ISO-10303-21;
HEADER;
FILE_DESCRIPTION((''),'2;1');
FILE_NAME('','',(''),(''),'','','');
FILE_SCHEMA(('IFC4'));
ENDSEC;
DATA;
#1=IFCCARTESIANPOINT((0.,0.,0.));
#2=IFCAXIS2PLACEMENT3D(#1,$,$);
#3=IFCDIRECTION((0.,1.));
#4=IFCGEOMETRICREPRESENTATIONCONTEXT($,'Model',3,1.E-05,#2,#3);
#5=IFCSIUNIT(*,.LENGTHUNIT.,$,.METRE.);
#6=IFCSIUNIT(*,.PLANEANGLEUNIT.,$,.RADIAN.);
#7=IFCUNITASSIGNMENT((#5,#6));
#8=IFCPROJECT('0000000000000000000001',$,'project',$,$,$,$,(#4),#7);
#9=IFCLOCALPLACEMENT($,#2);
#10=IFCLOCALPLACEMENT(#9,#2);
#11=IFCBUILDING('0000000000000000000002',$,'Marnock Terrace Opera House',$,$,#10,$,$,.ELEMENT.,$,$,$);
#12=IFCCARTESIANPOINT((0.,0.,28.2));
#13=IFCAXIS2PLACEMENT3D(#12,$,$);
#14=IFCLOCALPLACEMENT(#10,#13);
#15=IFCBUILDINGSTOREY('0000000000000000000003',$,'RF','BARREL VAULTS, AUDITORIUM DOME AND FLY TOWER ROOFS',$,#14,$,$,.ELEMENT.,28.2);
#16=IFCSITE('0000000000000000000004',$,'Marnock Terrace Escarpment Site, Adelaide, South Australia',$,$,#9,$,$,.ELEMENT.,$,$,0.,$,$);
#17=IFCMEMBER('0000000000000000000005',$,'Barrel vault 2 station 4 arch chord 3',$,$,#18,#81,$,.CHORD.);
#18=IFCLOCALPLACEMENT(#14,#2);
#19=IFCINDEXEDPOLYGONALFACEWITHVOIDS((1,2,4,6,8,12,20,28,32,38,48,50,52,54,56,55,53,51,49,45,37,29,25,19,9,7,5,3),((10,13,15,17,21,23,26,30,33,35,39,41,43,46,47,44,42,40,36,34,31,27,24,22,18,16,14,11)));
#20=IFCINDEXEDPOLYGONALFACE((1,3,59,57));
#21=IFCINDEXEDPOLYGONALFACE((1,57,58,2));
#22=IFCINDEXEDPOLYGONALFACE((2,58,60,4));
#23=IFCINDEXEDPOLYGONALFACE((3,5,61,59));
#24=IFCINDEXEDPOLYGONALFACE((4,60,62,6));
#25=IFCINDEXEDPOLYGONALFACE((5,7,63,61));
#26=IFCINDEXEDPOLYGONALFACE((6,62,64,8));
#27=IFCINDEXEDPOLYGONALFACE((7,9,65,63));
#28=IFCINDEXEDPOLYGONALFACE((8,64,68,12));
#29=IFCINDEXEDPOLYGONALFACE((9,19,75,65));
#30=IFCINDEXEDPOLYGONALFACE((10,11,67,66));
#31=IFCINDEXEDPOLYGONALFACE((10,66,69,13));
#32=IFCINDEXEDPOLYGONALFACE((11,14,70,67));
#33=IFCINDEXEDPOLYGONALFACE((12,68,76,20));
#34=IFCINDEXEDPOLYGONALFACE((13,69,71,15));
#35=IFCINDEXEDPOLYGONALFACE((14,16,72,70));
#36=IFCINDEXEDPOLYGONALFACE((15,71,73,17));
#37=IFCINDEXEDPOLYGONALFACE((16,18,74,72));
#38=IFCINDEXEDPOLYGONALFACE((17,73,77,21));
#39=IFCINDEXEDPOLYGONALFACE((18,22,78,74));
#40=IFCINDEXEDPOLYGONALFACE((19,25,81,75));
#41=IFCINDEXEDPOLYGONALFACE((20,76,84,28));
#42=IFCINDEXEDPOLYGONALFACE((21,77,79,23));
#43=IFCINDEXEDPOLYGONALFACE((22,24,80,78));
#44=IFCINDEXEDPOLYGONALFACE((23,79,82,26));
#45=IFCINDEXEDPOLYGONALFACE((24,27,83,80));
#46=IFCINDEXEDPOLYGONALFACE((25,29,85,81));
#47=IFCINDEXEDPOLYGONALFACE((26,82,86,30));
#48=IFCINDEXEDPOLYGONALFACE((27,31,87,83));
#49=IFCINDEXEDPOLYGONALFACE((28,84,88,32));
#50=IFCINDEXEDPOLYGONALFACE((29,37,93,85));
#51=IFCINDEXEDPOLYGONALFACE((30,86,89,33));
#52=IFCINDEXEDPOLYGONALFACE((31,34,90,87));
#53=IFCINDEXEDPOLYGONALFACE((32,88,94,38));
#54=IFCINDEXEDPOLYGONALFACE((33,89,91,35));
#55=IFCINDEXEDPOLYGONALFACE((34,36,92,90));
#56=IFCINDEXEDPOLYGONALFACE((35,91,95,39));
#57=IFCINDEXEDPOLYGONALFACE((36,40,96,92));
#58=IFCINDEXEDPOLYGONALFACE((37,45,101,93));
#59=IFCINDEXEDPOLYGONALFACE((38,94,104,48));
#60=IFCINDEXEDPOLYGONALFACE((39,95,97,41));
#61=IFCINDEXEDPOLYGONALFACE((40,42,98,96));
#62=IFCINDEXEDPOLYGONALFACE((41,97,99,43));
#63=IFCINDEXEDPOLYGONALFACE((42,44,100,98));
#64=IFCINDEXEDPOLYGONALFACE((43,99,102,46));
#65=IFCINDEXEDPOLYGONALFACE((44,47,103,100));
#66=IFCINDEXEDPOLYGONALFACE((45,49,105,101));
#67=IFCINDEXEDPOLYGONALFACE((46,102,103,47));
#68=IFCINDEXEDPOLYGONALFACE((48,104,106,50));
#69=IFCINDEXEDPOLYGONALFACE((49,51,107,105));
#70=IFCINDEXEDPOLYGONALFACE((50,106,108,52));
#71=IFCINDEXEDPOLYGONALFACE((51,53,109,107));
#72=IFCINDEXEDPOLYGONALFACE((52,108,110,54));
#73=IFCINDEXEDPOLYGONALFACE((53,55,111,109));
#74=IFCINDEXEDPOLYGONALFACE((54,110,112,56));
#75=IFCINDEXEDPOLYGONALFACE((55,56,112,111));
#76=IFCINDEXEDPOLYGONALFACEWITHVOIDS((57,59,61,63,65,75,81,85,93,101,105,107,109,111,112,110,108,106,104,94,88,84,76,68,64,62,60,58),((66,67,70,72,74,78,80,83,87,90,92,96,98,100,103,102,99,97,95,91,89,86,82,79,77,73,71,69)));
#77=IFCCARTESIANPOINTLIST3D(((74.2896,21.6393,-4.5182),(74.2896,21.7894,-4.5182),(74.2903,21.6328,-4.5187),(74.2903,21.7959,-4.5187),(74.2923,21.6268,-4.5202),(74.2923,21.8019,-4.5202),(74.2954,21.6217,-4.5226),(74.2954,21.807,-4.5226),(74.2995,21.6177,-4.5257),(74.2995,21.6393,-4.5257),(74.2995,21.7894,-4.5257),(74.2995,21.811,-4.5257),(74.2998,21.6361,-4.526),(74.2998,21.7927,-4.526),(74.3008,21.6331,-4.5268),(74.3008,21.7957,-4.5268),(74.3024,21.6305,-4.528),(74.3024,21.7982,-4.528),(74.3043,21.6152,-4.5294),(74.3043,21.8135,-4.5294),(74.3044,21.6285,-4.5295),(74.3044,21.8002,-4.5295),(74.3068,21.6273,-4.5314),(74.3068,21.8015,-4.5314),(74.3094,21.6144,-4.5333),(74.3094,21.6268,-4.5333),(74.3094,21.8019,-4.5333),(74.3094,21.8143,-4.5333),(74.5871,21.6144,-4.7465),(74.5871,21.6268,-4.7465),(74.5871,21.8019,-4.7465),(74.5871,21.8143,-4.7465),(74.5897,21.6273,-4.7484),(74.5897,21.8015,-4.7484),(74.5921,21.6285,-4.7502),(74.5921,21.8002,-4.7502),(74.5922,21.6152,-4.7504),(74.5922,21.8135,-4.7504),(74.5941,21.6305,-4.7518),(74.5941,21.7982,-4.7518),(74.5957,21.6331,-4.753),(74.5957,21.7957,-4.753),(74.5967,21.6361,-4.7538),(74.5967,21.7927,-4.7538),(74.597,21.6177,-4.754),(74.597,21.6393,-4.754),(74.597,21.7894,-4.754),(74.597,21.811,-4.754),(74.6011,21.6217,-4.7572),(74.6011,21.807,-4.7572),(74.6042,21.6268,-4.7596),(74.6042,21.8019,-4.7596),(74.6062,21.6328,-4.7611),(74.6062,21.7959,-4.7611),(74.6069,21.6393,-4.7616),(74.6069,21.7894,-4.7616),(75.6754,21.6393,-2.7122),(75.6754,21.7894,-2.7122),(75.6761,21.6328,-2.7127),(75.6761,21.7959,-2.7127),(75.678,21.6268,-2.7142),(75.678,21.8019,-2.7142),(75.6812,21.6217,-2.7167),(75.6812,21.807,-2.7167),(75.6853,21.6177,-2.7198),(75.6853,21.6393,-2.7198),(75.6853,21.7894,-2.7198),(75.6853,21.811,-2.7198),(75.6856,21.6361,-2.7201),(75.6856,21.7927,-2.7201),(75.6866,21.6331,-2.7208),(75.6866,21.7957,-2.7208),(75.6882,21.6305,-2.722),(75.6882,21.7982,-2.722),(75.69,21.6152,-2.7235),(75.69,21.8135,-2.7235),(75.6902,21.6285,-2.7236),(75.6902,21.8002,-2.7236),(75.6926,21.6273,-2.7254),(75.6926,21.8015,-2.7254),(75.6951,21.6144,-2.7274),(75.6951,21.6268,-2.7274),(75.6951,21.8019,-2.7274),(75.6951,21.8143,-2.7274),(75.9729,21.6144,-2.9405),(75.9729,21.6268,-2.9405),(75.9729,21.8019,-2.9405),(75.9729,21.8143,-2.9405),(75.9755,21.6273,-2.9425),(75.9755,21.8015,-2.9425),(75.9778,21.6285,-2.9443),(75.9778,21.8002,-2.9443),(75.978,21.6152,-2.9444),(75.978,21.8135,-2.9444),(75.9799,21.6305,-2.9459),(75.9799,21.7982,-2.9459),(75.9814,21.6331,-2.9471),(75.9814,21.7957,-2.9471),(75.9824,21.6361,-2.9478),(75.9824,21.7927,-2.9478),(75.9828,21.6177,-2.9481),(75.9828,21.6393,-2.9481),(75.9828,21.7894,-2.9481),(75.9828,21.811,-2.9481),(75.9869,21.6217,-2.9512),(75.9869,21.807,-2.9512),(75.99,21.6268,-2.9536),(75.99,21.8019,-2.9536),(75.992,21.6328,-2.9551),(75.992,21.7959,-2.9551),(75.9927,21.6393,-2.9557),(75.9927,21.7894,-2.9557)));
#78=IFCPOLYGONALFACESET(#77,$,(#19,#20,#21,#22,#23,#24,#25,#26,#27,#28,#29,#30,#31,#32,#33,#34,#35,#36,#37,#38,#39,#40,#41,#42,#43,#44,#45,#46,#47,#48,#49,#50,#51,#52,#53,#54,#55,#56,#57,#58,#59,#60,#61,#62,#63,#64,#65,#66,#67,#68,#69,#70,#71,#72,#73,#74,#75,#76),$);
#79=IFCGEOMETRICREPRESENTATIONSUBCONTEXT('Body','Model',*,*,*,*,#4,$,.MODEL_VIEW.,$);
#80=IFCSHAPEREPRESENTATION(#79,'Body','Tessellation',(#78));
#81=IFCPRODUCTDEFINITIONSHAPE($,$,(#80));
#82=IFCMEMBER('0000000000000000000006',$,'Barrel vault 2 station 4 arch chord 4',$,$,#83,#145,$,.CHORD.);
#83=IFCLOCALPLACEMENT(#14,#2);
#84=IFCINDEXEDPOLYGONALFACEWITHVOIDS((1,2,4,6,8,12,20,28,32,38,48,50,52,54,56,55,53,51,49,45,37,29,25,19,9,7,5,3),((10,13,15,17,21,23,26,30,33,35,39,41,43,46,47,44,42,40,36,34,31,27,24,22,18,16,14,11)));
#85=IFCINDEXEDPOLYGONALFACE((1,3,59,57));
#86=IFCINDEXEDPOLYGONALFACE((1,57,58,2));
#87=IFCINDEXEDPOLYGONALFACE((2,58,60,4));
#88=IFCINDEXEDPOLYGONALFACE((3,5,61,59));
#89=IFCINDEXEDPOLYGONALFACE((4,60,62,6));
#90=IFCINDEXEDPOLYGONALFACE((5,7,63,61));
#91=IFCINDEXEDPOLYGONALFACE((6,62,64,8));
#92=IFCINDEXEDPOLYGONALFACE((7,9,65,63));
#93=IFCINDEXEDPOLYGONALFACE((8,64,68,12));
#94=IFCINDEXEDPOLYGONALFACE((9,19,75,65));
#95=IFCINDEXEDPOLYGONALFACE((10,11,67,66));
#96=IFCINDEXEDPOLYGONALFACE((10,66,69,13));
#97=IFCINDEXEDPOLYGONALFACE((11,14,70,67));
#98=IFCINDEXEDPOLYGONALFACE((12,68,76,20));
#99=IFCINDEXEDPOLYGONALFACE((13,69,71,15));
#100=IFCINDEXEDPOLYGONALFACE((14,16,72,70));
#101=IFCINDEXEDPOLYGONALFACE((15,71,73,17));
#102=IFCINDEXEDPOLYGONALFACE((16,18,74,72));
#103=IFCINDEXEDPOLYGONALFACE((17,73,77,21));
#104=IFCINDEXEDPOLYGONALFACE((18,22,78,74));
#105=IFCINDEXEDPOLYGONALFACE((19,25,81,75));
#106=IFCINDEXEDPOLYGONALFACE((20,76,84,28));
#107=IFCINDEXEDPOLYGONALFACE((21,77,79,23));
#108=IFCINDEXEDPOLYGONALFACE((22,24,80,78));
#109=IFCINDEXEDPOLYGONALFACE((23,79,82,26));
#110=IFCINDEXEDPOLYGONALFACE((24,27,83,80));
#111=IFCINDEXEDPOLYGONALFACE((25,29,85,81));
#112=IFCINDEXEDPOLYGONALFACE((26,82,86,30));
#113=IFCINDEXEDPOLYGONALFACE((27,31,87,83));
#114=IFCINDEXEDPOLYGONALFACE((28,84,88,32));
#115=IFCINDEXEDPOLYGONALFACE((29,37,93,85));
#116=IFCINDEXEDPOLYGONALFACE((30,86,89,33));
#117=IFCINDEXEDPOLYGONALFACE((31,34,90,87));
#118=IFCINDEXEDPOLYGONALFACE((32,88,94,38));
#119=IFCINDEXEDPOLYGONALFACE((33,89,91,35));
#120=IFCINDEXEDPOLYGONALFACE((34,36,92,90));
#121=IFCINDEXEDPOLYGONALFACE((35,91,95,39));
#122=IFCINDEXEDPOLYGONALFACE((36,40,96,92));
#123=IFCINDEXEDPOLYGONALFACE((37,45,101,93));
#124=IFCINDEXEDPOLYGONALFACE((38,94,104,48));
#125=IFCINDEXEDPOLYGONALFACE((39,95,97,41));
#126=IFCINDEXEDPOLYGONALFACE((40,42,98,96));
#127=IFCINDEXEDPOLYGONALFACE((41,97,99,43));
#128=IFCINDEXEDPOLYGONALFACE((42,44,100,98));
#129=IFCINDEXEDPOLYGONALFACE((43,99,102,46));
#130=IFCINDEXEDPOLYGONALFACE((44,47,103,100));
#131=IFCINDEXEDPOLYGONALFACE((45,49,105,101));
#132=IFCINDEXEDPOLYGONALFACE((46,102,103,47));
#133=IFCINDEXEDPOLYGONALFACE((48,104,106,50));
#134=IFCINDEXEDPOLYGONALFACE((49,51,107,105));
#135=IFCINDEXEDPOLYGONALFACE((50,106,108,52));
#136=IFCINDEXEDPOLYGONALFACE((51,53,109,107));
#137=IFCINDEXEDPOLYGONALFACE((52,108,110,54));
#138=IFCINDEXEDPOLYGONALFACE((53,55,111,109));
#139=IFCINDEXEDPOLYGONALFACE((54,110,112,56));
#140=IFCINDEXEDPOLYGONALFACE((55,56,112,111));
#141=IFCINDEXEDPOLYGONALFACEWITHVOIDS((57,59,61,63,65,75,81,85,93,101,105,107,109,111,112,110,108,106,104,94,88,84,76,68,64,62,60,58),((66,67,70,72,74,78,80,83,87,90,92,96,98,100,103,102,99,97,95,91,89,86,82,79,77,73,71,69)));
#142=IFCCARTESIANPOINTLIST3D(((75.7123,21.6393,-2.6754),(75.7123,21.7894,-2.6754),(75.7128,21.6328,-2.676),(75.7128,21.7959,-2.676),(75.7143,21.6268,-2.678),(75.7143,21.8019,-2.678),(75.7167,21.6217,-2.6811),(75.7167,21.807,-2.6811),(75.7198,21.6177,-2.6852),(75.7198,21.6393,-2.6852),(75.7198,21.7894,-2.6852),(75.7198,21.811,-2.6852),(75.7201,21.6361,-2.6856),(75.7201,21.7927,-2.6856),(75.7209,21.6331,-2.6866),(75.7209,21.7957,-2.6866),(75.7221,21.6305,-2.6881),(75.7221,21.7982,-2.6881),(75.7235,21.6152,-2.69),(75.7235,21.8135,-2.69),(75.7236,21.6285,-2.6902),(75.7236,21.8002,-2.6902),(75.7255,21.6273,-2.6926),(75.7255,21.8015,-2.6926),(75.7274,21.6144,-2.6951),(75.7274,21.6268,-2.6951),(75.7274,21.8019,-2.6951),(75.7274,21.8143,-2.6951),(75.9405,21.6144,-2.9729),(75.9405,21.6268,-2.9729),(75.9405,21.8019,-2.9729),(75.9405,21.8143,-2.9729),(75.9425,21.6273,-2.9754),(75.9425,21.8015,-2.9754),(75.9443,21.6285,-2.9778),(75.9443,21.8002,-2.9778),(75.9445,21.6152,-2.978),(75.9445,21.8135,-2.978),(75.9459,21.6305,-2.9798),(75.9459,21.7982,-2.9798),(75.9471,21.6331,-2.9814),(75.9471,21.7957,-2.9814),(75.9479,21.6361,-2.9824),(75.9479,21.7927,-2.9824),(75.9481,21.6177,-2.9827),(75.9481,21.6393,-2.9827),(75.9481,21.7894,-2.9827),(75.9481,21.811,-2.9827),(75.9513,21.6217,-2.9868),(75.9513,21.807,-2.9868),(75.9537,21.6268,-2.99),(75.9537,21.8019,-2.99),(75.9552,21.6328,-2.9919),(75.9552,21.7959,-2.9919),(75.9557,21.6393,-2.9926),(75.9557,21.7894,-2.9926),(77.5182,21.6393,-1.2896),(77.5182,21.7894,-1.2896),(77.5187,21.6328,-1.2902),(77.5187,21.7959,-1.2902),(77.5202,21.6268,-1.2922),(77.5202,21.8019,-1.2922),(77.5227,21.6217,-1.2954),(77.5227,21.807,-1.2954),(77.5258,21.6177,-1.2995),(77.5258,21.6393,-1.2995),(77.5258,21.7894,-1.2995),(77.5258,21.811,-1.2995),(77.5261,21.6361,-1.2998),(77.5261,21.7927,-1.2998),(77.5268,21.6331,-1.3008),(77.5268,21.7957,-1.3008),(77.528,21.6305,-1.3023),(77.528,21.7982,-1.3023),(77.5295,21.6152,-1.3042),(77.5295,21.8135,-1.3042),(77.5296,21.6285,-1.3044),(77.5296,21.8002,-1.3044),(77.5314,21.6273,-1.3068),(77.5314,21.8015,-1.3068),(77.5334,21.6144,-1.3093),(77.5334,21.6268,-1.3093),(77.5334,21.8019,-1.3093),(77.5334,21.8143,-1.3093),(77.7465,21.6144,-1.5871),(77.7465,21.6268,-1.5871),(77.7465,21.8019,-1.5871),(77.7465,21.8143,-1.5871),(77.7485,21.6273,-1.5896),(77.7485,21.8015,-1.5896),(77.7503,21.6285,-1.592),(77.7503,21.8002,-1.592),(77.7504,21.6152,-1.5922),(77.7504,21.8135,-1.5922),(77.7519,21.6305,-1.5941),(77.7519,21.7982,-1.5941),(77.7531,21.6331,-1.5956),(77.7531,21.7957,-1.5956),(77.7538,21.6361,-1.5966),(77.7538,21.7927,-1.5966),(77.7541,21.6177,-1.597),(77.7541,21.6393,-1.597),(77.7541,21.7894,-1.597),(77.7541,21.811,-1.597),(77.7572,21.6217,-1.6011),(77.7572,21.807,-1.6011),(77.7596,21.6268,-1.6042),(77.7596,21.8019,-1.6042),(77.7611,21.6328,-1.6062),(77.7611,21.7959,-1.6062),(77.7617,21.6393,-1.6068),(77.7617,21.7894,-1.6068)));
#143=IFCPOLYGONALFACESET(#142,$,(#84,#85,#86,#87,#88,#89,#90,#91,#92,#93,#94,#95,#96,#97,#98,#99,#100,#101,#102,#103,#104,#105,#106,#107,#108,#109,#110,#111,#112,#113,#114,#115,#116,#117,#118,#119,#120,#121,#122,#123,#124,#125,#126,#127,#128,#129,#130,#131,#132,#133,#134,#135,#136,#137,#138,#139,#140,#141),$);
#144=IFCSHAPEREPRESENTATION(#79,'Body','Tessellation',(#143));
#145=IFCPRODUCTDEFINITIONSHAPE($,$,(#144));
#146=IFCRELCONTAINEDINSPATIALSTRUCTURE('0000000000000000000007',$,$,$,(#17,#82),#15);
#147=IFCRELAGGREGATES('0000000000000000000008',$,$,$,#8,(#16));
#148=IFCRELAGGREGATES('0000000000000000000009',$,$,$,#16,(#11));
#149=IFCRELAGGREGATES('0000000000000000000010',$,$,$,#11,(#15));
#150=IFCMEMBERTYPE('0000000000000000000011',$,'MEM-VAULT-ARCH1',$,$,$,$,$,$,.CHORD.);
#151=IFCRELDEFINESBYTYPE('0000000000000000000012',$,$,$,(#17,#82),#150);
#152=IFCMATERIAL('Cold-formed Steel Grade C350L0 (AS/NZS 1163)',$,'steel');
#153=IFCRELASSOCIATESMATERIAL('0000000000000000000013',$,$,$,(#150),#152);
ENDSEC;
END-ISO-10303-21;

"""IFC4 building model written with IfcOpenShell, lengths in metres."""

from ifc_helpers import new_model, si_unit, direction, frame, origin, origin_2d, place, context, subcontext, project, spatial, hollow_rectangle, extrude, material, material_profile, profile_set, type_object, element, save


model = new_model("IFC4")

# Units and contexts
model_context = context("Model", 3, precision=1e-05, world=origin(), true_north=direction((0.0, 1.0)))
body_context = subcontext(model_context, "Body", "Model", "MODEL_VIEW")
ifc_project = project(units=[si_unit("LENGTHUNIT", "METRE"), si_unit("PLANEANGLEUNIT", "RADIAN")], contexts=[model_context])

# Site, building, storey
site_placement = place(None, origin())
site = spatial("IfcSite", under=ifc_project, at=site_placement, Name="Marnock Terrace Escarpment Site, Adelaide, South Australia", CompositionType="ELEMENT", RefElevation=0.0)
building_placement = place(site_placement, origin())
building = spatial("IfcBuilding", under=site, at=building_placement, Name="Marnock Terrace Opera House", CompositionType="ELEMENT")
storey_placement = place(building_placement, frame((0.0, 0.0, 28.2)))
storey = spatial("IfcBuildingStorey", under=building, at=storey_placement, Name="RF", Description="BARREL VAULTS, AUDITORIUM DOME AND FLY TOWER ROOFS", CompositionType="ELEMENT", Elevation=28.2)

# Members
ifc_material = material(Name="Cold-formed Steel Grade C350L0 (AS/NZS 1163)", Category="steel")
ifc_material_profile_1 = material_profile(ifc_material, hollow_rectangle(XDim=0.2, YDim=0.3999, WallThickness=0.0125, InnerFilletRadius=0.0125, OuterFilletRadius=0.0249, at=origin_2d()))
ifc_profile_set_1 = profile_set([ifc_material_profile_1], Name="Cold-formed Steel Grade C350L0 (AS/NZS 1163)")
member_type_1 = type_object("IfcMemberType", Name="MEM-VAULT-ARCH1", PredefinedType="CHORD", material=ifc_profile_set_1)
for number, where, z_axis, x_axis, name in (
    (1, (74.4482, 21.7144, -4.6399), (0.608767, 0.0, 0.793349), (0.0, 1.0, 0.0), "Barrel vault 2 station 4 arch chord 3"),
    (2, (75.834, 21.7144, -2.834), (0.793349, 0.0, 0.608767), (0.0, 1.0, 0.0), "Barrel vault 2 station 4 arch chord 4"),
):
    element("IfcMember", number, at=place(storey_placement, frame(where, z_axis=z_axis, x_axis=x_axis)), inside=storey, type_object=member_type_1, Name=name, PredefinedType="CHORD", context=body_context, shape_type="SweptSolid", body=[
        extrude(hollow_rectangle(XDim=0.2, YDim=0.3999, WallThickness=0.0125, InnerFilletRadius=0.0125, OuterFilletRadius=0.0249, at=origin_2d()), origin(), (0.0, 0.0, 1.0), 2.2764),
    ])

save(model, "model.ifc")
